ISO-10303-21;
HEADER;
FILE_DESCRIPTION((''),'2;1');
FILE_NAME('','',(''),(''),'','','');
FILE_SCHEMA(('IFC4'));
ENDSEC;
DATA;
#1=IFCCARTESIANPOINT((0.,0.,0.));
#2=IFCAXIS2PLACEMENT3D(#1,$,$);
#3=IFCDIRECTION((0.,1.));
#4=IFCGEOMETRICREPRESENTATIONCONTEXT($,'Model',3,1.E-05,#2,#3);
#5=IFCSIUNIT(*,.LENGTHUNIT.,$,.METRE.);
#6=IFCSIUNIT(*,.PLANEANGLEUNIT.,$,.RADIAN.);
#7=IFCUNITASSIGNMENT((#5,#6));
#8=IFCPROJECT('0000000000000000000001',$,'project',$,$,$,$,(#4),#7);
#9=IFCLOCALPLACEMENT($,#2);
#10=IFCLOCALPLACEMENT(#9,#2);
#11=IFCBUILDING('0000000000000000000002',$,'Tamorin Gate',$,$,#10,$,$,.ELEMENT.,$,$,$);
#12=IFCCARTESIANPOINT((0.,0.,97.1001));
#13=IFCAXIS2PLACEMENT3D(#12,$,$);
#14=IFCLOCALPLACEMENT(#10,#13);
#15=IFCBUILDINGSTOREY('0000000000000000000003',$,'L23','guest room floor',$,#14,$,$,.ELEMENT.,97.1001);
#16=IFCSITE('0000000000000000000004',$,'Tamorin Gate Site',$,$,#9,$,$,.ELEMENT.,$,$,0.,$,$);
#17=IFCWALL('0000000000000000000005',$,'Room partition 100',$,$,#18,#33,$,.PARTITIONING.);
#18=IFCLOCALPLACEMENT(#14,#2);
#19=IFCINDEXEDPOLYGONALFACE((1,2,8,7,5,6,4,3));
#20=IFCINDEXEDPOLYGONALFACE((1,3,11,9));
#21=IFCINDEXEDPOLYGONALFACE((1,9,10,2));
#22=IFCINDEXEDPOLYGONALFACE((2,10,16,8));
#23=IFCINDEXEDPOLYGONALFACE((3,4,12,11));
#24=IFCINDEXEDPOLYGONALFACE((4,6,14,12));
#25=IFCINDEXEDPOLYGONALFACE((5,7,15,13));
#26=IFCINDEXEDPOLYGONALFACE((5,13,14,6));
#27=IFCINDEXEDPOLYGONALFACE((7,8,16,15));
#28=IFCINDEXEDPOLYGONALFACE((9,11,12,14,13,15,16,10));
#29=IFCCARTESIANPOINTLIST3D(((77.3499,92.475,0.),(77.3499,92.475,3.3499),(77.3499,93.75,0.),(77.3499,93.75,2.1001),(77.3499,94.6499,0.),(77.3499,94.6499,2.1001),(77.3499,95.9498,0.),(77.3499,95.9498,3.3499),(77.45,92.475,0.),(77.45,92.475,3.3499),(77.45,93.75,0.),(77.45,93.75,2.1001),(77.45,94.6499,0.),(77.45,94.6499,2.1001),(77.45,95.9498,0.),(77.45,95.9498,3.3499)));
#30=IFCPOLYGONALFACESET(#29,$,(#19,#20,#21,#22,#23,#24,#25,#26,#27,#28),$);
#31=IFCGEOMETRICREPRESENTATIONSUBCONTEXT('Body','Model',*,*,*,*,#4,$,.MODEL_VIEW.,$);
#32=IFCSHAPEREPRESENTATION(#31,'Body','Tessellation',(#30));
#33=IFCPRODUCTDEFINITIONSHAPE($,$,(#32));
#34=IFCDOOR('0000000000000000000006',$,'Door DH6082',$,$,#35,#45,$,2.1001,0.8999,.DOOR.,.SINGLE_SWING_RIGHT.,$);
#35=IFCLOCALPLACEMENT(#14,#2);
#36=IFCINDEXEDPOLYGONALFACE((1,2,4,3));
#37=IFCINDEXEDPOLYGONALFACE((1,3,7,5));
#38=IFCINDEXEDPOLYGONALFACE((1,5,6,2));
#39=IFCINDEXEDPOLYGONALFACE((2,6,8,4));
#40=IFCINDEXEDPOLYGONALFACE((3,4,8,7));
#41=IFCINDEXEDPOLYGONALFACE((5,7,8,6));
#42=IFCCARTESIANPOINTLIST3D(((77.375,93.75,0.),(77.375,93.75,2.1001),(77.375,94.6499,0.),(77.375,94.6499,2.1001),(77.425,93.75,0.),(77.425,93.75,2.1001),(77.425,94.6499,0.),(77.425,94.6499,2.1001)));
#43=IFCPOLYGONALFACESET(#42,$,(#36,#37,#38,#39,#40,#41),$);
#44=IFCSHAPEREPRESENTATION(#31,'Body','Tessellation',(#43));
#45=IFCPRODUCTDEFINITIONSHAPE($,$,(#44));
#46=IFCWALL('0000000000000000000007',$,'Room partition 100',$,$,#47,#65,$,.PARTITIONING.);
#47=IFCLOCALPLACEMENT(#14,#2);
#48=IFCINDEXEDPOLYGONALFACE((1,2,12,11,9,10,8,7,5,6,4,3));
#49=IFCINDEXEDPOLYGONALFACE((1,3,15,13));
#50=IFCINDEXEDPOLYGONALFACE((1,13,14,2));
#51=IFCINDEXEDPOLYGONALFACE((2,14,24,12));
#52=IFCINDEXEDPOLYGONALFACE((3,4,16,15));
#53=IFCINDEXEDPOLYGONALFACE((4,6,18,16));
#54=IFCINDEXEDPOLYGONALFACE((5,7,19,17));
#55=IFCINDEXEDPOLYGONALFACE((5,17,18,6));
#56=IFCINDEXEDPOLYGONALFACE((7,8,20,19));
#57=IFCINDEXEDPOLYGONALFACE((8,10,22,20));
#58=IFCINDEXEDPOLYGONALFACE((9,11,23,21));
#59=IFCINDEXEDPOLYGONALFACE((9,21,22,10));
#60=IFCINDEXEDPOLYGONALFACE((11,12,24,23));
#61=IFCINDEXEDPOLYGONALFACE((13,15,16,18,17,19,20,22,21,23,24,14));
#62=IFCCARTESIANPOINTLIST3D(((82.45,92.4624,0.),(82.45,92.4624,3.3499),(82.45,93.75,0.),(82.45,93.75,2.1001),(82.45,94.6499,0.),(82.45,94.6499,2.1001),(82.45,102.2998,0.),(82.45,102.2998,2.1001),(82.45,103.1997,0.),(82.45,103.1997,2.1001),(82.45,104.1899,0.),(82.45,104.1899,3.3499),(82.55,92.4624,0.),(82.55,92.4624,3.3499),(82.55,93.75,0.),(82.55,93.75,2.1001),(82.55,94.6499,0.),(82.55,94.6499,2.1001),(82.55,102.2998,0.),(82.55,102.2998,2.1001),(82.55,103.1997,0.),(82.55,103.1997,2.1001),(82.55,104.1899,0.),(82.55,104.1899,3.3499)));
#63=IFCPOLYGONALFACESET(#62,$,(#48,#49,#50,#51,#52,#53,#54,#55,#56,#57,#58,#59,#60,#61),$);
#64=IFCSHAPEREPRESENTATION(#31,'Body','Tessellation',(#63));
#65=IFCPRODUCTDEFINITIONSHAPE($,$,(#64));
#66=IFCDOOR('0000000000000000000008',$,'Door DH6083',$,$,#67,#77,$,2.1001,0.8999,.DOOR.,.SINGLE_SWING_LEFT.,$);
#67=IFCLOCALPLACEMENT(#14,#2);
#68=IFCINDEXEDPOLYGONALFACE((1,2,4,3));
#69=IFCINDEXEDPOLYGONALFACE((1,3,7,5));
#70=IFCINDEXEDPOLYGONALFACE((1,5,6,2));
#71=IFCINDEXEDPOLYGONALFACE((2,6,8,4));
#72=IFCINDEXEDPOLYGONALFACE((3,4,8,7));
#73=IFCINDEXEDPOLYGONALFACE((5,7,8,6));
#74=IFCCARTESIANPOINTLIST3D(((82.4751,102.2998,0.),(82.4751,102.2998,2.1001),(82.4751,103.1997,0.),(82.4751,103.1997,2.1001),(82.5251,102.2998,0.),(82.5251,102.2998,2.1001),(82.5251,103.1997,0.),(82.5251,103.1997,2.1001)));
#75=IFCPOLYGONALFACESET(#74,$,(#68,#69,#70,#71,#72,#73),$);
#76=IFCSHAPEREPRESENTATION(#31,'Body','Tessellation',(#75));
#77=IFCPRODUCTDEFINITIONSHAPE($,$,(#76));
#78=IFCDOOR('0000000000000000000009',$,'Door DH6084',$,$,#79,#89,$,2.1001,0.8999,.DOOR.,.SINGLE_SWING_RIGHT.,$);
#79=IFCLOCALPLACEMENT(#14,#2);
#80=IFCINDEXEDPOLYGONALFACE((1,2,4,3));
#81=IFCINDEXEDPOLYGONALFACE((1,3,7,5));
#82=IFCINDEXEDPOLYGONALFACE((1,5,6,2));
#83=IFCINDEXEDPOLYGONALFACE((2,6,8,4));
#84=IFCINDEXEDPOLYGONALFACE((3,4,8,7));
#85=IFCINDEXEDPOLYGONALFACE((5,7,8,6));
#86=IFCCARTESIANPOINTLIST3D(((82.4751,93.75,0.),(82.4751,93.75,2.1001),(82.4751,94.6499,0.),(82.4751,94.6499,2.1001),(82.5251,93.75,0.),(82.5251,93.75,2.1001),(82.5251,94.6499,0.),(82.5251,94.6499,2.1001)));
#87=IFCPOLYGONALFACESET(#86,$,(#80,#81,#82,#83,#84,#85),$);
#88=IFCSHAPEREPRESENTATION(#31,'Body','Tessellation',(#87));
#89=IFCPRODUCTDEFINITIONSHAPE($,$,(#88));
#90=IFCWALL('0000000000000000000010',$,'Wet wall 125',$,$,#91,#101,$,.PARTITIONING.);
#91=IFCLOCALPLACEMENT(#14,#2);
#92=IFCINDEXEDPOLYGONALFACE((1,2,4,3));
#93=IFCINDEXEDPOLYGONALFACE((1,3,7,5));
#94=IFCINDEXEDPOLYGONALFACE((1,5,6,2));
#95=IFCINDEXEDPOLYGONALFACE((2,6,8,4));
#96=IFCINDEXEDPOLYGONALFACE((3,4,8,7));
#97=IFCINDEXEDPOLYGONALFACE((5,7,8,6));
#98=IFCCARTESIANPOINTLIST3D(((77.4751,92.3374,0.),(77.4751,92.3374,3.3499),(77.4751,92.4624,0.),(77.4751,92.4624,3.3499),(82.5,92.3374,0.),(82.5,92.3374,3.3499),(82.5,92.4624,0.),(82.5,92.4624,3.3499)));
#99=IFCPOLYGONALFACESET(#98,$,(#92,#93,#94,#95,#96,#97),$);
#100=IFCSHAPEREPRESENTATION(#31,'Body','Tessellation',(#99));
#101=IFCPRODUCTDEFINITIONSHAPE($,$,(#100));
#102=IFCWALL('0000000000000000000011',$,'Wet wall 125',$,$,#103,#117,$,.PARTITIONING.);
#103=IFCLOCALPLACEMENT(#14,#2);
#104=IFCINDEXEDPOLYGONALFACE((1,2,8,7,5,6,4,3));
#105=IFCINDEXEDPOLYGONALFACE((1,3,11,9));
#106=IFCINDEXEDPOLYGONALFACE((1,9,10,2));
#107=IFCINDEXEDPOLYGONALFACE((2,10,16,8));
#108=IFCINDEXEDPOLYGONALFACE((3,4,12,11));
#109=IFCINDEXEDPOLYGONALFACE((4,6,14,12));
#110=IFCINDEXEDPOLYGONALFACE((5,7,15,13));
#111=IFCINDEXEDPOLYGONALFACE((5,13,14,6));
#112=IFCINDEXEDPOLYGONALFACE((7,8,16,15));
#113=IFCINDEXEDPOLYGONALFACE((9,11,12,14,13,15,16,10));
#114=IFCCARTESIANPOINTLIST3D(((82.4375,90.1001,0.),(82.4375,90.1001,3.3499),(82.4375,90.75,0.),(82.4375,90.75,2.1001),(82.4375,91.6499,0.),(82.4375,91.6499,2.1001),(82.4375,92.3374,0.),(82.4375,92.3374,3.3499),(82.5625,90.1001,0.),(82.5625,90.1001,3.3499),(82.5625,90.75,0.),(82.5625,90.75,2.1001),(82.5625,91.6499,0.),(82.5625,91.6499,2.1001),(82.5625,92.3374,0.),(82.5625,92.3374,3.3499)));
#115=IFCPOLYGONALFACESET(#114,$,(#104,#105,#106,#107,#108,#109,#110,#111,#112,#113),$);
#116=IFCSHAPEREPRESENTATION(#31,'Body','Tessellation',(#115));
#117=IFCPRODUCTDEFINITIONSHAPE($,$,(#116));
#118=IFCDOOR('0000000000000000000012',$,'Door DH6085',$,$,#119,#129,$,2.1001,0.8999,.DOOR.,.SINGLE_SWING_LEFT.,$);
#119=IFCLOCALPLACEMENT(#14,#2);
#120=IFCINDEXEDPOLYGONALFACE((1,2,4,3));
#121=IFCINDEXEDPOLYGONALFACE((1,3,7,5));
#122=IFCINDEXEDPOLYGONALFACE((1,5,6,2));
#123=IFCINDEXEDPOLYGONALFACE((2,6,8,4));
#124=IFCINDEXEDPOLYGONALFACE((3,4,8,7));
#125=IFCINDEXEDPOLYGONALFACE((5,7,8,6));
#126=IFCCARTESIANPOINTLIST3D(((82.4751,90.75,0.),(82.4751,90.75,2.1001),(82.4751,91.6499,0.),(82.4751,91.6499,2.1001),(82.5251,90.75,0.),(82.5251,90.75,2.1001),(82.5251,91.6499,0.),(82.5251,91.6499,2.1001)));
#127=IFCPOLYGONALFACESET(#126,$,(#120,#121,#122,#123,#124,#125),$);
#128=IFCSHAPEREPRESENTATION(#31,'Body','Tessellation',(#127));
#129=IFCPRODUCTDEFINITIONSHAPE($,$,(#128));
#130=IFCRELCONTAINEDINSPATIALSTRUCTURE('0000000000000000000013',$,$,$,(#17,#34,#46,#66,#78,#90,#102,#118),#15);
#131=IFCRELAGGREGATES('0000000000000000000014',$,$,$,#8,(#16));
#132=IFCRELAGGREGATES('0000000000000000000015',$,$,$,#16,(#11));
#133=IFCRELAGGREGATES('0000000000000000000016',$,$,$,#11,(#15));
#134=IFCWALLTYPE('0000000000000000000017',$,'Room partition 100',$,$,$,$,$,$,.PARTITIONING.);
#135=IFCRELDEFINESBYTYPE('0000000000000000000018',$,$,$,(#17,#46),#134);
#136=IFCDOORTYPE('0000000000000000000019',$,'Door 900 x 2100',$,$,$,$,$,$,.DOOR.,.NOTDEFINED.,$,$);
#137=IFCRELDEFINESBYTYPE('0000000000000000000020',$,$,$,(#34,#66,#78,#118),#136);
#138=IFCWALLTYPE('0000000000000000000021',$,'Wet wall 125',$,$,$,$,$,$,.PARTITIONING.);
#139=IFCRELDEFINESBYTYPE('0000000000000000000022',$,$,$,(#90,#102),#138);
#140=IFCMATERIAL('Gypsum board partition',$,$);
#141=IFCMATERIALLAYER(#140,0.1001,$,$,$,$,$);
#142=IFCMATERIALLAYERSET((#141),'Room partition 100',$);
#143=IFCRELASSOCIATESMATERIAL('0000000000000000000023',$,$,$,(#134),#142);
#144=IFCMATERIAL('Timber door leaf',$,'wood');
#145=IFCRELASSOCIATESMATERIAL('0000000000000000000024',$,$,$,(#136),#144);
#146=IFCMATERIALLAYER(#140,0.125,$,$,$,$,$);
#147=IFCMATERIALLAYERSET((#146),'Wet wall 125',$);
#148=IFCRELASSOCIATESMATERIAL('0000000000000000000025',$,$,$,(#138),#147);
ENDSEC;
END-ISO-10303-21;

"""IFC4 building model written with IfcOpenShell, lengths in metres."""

from ifc_helpers import new_model, si_unit, direction, frame, frame_2d, origin, place, context, subcontext, project, spatial, rectangle, extrude, material, layer, layer_set, type_object, element, fill, save


model = new_model("IFC4")

# Units and contexts
model_context = context("Model", 3, precision=1e-05, world=origin(), true_north=direction((0.0, 1.0)))
body_context = subcontext(model_context, "Body", "Model", "MODEL_VIEW")
ifc_project = project(units=[si_unit("LENGTHUNIT", "METRE"), si_unit("PLANEANGLEUNIT", "RADIAN")], contexts=[model_context])

# Site, building, storey
site_placement = place(None, origin())
site = spatial("IfcSite", under=ifc_project, at=site_placement, Name="Tamorin Gate Site", CompositionType="ELEMENT", RefElevation=0.0)
building_placement = place(site_placement, origin())
building = spatial("IfcBuilding", under=site, at=building_placement, Name="Tamorin Gate", CompositionType="ELEMENT")
storey_placement = place(building_placement, frame((0.0, 0.0, 97.1001)))
storey = spatial("IfcBuildingStorey", under=building, at=storey_placement, Name="L23", Description="guest room floor", CompositionType="ELEMENT", Elevation=97.1001)

# Shared definitions
ifc_material_1 = material(Name="Gypsum board partition")

# Wall, opening, door
ifc_layer_1 = layer(ifc_material_1, 0.1001)
ifc_layer_set_1 = layer_set([ifc_layer_1], Name="Room partition 100")
wall_type_1 = type_object("IfcWallType", Name="Room partition 100", PredefinedType="PARTITIONING", material=ifc_layer_set_1)
ifc_material_2 = material(Name="Timber door leaf", Category="wood")
door_type = type_object("IfcDoorType", Name="Door 900 x 2100", OperationType="NOTDEFINED", PredefinedType="DOOR", material=ifc_material_2)
wall_1_placement = place(storey_placement, frame((77.3999, 92.4751, 0.0), z_axis=(0.0, 0.0, 1.0), x_axis=(0.0, 1.0, 0.0)))
wall_1 = element("IfcWall", 1, at=wall_1_placement, inside=storey, type_object=wall_type_1, Name="Room partition 100", PredefinedType="PARTITIONING", context=body_context, shape_type="SweptSolid", body=[
    extrude(rectangle(XDim=3.4749, YDim=0.1001, at=frame_2d((1.7373, 0.0))), origin(), (0.0, 0.0, 1.0), 3.3499),
])
opening_1_placement = place(wall_1_placement, frame((1.2749, 0.0, 0.0)))
opening_1 = element("IfcOpeningElement", 2, at=opening_1_placement, cuts=wall_1, PredefinedType="OPENING", context=body_context, shape_type="SweptSolid", body=[
    extrude(rectangle(XDim=0.8999, YDim=2.1001, at=frame_2d((0.45, 1.05))), frame((0.0, 0.0601, 0.0), z_axis=(0.0, -1.0, 0.0), x_axis=(1.0, 0.0, 0.0)), (0.0, 0.0, 1.0), 0.1201),
])
door_1_placement = place(opening_1_placement, origin())
door_1 = element("IfcDoor", 3, at=door_1_placement, inside=storey, type_object=door_type, Name="Door DH6082", OperationType="SINGLE_SWING_RIGHT", OverallHeight=2.1001, OverallWidth=0.8999, PredefinedType="DOOR", context=body_context, shape_type="SweptSolid", body=[
    extrude(rectangle(XDim=0.8999, YDim=2.1001, at=frame_2d((0.45, 1.05))), frame((0.0, 0.0249, 0.0), z_axis=(0.0, -1.0, 0.0), x_axis=(1.0, 0.0, 0.0)), (0.0, 0.0, 1.0), 0.05),
])
fill(opening_1, door_1)

# Wall, openings, doors
wall_2_placement = place(storey_placement, frame((82.5, 92.4624, 0.0), z_axis=(0.0, 0.0, 1.0), x_axis=(0.0, 1.0, 0.0)))
wall_2 = element("IfcWall", 4, at=wall_2_placement, inside=storey, type_object=wall_type_1, Name="Room partition 100", PredefinedType="PARTITIONING", context=body_context, shape_type="SweptSolid", body=[
    extrude(rectangle(XDim=11.7275, YDim=0.1001, at=frame_2d((5.8638, 0.0))), origin(), (0.0, 0.0, 1.0), 3.3499),
])
opening_2_placement = place(wall_2_placement, frame((9.8374, 0.0, 0.0)))
opening_2 = element("IfcOpeningElement", 5, at=opening_2_placement, cuts=wall_2, PredefinedType="OPENING", context=body_context, shape_type="SweptSolid", body=[
    extrude(rectangle(XDim=0.8999, YDim=2.1001, at=frame_2d((0.45, 1.05))), frame((0.0, 0.0601, 0.0), z_axis=(0.0, -1.0, 0.0), x_axis=(1.0, 0.0, 0.0)), (0.0, 0.0, 1.0), 0.1201),
])
opening_3_placement = place(wall_2_placement, frame((1.2876, 0.0, 0.0)))
opening_3 = element("IfcOpeningElement", 6, at=opening_3_placement, cuts=wall_2, PredefinedType="OPENING", context=body_context, shape_type="SweptSolid", body=[
    extrude(rectangle(XDim=0.8999, YDim=2.1001, at=frame_2d((0.45, 1.05))), frame((0.0, 0.0601, 0.0), z_axis=(0.0, -1.0, 0.0), x_axis=(1.0, 0.0, 0.0)), (0.0, 0.0, 1.0), 0.1201),
])
door_2_placement = place(opening_2_placement, origin())
door_2 = element("IfcDoor", 7, at=door_2_placement, inside=storey, type_object=door_type, Name="Door DH6083", OperationType="SINGLE_SWING_LEFT", OverallHeight=2.1001, OverallWidth=0.8999, PredefinedType="DOOR", context=body_context, shape_type="SweptSolid", body=[
    extrude(rectangle(XDim=0.8999, YDim=2.1001, at=frame_2d((0.45, 1.05))), frame((0.0, 0.0249, 0.0), z_axis=(0.0, -1.0, 0.0), x_axis=(1.0, 0.0, 0.0)), (0.0, 0.0, 1.0), 0.05),
])
fill(opening_2, door_2)
door_3_placement = place(opening_3_placement, origin())
door_3 = element("IfcDoor", 8, at=door_3_placement, inside=storey, type_object=door_type, Name="Door DH6084", OperationType="SINGLE_SWING_RIGHT", OverallHeight=2.1001, OverallWidth=0.8999, PredefinedType="DOOR", context=body_context, shape_type="SweptSolid", body=[
    extrude(rectangle(XDim=0.8999, YDim=2.1001, at=frame_2d((0.45, 1.05))), frame((0.0, 0.0249, 0.0), z_axis=(0.0, -1.0, 0.0), x_axis=(1.0, 0.0, 0.0)), (0.0, 0.0, 1.0), 0.05),
])
fill(opening_3, door_3)

# Wall
ifc_layer_2 = layer(ifc_material_1, 0.125)
ifc_layer_set_2 = layer_set([ifc_layer_2], Name="Wet wall 125")
wall_type_2 = type_object("IfcWallType", Name="Wet wall 125", PredefinedType="PARTITIONING", material=ifc_layer_set_2)
wall_3_placement = place(storey_placement, frame((77.4751, 92.3999, 0.0), z_axis=(0.0, 0.0, 1.0), x_axis=(1.0, 0.0, 0.0)))
element("IfcWall", 9, at=wall_3_placement, inside=storey, type_object=wall_type_2, Name="Wet wall 125", PredefinedType="PARTITIONING", context=body_context, shape_type="SweptSolid", body=[
    extrude(rectangle(XDim=5.0249, YDim=0.125, at=frame_2d((2.5125, 0.0))), origin(), (0.0, 0.0, 1.0), 3.3499),
])

# Wall, opening, door
wall_4_placement = place(storey_placement, frame((82.5, 90.1001, 0.0), z_axis=(0.0, 0.0, 1.0), x_axis=(0.0, 1.0, 0.0)))
wall_4 = element("IfcWall", 10, at=wall_4_placement, inside=storey, type_object=wall_type_2, Name="Wet wall 125", PredefinedType="PARTITIONING", context=body_context, shape_type="SweptSolid", body=[
    extrude(rectangle(XDim=2.2373, YDim=0.125, at=frame_2d((1.1187, 0.0))), origin(), (0.0, 0.0, 1.0), 3.3499),
])
opening_4_placement = place(wall_4_placement, frame((0.6499, 0.0, 0.0)))
opening_4 = element("IfcOpeningElement", 11, at=opening_4_placement, cuts=wall_4, PredefinedType="OPENING", context=body_context, shape_type="SweptSolid", body=[
    extrude(rectangle(XDim=0.8999, YDim=2.1001, at=frame_2d((0.45, 1.05))), frame((0.0, 0.0725, 0.0), z_axis=(0.0, -1.0, 0.0), x_axis=(1.0, 0.0, 0.0)), (0.0, 0.0, 1.0), 0.145),
])
door_4_placement = place(opening_4_placement, origin())
door_4 = element("IfcDoor", 12, at=door_4_placement, inside=storey, type_object=door_type, Name="Door DH6085", OperationType="SINGLE_SWING_LEFT", OverallHeight=2.1001, OverallWidth=0.8999, PredefinedType="DOOR", context=body_context, shape_type="SweptSolid", body=[
    extrude(rectangle(XDim=0.8999, YDim=2.1001, at=frame_2d((0.45, 1.05))), frame((0.0, 0.0249, 0.0), z_axis=(0.0, -1.0, 0.0), x_axis=(1.0, 0.0, 0.0)), (0.0, 0.0, 1.0), 0.05),
])
fill(opening_4, door_4)

save(model, "model.ifc")
